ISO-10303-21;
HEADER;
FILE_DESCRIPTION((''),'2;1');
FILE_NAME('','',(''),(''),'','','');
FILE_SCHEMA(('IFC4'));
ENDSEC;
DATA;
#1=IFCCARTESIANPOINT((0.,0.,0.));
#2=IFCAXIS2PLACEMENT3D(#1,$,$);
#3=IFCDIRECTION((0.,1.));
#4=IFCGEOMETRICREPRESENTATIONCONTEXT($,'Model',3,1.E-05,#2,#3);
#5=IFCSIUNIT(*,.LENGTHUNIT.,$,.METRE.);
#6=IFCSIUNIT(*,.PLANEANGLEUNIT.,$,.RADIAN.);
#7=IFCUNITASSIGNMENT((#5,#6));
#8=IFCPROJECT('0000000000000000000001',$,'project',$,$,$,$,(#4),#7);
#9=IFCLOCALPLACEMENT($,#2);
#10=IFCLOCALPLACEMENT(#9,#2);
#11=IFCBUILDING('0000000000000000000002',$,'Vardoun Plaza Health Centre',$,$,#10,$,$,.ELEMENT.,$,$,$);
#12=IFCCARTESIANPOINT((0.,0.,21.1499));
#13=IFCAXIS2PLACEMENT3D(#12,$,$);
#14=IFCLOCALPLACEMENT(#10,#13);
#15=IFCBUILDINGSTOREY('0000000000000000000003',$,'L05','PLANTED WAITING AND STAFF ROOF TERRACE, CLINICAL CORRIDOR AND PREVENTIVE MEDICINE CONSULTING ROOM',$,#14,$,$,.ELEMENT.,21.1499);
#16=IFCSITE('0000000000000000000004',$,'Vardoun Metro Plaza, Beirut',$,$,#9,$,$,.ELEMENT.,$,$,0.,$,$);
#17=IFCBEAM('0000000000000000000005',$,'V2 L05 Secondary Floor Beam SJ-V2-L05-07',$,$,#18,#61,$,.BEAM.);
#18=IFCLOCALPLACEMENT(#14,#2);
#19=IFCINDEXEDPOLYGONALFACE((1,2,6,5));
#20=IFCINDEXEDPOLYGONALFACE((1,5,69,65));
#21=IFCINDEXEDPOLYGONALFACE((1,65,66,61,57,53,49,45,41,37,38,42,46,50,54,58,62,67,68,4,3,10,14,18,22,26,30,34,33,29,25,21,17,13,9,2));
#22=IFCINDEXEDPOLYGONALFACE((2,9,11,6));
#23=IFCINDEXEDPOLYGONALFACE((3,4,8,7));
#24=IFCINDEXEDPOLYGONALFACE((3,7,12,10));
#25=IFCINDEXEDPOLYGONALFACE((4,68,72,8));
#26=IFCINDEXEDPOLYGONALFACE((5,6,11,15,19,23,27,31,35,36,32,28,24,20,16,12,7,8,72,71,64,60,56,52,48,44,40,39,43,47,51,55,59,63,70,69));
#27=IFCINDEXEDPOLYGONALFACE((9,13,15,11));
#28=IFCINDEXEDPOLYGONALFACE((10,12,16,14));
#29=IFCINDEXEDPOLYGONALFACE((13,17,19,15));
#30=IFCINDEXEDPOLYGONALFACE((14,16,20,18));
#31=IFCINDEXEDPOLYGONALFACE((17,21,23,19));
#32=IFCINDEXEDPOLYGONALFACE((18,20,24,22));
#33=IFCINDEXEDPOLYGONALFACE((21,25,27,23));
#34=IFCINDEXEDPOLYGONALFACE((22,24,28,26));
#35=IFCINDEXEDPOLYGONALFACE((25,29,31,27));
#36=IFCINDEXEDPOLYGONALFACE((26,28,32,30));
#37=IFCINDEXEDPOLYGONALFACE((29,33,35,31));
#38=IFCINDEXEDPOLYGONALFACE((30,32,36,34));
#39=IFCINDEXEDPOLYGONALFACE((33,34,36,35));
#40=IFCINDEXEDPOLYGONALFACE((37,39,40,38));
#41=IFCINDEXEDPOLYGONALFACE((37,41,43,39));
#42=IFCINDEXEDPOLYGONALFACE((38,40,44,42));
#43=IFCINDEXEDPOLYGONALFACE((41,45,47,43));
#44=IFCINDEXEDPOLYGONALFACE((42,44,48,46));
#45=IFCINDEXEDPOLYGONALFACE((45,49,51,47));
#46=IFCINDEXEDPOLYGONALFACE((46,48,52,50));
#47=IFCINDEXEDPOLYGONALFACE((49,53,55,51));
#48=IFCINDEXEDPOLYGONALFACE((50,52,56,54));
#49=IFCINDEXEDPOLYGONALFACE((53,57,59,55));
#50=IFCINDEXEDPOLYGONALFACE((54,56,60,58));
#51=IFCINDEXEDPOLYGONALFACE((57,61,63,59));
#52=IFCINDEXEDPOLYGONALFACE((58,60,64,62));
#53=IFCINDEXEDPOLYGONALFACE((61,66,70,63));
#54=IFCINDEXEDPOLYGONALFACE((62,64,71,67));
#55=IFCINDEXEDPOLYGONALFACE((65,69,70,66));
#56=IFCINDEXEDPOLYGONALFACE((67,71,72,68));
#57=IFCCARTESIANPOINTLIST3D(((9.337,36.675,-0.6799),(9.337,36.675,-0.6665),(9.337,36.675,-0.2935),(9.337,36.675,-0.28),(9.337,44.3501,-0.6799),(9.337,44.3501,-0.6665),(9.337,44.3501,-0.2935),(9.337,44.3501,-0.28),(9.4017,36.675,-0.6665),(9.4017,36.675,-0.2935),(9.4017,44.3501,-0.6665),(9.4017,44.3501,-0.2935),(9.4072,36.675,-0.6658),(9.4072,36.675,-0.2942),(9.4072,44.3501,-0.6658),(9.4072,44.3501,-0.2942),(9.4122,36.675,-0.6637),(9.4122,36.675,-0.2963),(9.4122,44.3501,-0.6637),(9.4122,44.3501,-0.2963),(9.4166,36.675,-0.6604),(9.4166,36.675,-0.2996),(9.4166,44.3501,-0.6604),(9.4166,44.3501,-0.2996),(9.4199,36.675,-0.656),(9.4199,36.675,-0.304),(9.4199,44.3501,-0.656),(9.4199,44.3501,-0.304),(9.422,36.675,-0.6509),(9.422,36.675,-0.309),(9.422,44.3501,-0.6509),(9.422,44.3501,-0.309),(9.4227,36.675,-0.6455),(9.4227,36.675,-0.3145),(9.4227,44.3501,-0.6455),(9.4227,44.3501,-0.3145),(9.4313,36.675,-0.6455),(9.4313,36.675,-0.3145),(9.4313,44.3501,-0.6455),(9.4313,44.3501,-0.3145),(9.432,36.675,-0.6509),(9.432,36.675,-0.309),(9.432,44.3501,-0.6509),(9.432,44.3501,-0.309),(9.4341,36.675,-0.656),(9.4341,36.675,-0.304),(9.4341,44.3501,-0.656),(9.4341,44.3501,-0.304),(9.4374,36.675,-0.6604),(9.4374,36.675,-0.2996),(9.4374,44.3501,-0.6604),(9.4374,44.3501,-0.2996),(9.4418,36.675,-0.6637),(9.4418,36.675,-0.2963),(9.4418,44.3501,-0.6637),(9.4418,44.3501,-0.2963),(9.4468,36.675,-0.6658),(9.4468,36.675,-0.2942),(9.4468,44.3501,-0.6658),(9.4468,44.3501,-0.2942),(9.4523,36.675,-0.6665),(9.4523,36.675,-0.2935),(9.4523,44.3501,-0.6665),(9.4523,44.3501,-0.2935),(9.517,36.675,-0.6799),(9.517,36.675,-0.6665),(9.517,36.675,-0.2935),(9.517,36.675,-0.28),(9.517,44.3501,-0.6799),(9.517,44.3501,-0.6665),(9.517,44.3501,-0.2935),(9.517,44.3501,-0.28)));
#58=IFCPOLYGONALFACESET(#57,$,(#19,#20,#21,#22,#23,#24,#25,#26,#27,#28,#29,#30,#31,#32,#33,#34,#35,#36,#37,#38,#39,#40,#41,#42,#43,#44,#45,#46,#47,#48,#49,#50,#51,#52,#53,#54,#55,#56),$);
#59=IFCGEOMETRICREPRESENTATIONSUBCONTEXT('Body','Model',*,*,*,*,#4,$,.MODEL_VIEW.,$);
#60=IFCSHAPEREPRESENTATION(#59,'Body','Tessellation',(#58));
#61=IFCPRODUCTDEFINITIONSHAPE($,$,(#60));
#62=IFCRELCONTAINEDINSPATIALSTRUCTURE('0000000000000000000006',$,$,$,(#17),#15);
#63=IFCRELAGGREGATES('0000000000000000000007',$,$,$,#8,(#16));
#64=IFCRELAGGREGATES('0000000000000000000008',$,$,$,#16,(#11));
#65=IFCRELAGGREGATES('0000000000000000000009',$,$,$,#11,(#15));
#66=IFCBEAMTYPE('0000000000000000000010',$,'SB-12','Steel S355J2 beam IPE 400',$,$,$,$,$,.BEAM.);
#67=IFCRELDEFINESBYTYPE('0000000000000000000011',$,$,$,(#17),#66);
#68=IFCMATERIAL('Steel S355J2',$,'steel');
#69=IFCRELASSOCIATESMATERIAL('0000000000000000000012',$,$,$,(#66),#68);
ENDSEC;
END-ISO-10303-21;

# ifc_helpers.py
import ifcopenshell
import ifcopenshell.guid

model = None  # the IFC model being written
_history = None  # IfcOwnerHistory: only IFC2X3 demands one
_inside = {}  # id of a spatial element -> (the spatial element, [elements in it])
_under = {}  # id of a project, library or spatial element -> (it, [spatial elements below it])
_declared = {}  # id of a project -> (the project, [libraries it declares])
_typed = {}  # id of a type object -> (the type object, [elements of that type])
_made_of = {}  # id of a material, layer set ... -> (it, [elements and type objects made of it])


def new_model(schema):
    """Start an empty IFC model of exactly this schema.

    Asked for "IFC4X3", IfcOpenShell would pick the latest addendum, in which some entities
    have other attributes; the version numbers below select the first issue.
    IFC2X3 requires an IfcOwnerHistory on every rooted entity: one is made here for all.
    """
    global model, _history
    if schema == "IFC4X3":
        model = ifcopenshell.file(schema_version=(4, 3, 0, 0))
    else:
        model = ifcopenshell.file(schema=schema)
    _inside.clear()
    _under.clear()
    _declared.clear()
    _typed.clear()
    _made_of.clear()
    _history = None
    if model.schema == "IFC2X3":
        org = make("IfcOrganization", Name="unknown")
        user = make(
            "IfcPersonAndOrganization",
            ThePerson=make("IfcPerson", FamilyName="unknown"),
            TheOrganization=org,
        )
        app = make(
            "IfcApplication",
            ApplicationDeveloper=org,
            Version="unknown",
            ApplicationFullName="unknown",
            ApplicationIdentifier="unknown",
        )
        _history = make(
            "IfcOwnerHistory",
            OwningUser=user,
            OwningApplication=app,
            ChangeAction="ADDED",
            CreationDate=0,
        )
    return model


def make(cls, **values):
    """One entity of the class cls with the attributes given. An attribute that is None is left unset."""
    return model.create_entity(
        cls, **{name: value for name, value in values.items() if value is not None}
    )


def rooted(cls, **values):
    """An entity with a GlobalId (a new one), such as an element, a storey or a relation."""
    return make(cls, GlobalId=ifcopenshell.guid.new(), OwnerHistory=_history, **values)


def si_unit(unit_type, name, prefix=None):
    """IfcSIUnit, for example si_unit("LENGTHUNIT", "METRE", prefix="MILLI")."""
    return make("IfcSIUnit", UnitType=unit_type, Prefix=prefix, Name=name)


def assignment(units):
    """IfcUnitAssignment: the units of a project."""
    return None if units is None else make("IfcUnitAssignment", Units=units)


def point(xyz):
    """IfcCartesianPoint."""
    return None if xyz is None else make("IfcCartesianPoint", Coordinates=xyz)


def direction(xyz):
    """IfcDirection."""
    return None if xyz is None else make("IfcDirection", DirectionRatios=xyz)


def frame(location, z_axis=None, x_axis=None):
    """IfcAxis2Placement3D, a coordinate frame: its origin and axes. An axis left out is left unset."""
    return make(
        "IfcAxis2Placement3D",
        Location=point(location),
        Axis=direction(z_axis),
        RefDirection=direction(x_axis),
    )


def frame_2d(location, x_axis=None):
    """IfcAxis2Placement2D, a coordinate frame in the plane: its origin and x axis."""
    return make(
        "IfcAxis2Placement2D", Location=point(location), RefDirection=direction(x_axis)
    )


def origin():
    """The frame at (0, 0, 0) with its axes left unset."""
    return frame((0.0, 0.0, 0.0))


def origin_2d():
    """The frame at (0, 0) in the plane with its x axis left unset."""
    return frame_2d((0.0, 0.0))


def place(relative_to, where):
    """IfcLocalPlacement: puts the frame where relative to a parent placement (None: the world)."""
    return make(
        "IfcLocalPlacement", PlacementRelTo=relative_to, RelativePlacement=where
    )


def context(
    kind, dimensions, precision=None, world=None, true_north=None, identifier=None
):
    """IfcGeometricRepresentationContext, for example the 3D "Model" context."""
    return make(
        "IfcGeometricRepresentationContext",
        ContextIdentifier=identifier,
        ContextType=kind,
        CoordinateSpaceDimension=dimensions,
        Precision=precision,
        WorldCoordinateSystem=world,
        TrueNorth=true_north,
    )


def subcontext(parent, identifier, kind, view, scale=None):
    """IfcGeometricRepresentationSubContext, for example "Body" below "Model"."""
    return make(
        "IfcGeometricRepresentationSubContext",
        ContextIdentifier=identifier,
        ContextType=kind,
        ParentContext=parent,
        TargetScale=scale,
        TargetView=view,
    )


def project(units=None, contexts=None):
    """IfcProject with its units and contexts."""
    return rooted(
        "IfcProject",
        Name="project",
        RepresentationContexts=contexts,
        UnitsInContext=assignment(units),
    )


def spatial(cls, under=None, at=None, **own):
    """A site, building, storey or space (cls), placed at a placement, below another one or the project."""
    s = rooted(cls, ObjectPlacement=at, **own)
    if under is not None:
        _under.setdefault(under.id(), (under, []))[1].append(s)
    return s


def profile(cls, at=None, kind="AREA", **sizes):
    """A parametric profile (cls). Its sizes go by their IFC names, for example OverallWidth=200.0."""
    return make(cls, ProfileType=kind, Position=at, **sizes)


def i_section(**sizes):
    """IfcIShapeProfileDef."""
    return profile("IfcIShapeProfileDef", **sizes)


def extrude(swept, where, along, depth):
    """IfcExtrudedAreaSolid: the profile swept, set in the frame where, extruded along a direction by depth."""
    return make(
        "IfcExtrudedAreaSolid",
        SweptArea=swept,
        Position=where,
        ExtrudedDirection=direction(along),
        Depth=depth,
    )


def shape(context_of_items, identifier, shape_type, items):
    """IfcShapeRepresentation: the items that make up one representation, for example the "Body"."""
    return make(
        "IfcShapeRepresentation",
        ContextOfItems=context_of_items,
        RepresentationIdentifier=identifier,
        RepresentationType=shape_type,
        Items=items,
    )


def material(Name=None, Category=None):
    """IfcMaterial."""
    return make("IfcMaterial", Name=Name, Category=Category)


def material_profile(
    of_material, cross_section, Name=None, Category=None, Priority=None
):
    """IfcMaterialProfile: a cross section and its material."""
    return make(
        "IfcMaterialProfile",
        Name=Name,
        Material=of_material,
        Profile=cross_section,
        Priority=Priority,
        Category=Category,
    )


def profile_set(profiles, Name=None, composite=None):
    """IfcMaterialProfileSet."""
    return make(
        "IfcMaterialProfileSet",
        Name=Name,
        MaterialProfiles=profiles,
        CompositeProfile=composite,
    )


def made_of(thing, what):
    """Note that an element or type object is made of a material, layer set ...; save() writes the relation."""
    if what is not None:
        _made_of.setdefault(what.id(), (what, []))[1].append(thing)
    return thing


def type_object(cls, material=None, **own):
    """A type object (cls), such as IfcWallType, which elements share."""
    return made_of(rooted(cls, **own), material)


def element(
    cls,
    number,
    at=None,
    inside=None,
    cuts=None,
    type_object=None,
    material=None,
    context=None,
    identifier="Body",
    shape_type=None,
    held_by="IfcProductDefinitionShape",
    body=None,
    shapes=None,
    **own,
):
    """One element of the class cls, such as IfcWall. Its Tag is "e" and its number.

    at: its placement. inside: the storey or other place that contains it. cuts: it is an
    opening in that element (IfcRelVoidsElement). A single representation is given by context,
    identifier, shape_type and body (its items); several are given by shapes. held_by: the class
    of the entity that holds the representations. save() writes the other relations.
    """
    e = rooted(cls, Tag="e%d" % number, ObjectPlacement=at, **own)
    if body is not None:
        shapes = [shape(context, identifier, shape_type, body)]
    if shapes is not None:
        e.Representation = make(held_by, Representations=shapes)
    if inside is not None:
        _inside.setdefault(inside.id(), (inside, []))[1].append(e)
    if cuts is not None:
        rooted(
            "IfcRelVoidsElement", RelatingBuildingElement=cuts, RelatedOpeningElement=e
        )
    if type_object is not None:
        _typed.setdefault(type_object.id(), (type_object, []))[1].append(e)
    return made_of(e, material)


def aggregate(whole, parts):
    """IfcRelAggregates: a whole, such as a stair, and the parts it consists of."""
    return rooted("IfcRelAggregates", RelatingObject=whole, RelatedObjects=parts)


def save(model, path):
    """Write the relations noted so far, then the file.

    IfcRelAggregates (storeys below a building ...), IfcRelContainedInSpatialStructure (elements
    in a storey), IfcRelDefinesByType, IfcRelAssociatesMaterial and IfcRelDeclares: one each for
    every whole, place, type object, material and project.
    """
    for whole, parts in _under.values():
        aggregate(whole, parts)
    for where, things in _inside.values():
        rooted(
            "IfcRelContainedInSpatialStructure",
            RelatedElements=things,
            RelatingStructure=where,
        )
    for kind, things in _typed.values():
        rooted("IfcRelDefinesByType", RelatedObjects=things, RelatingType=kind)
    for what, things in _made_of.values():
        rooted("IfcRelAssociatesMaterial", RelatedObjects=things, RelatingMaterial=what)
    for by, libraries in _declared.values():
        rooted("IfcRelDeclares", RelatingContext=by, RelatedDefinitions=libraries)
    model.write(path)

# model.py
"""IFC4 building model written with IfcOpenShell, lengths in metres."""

from ifc_helpers import new_model, si_unit, direction, frame, origin, origin_2d, place, context, subcontext, project, spatial, i_section, extrude, material, material_profile, profile_set, type_object, element, save


model = new_model("IFC4")

# Units and contexts
model_context = context("Model", 3, precision=1e-05, world=origin(), true_north=direction((0.0, 1.0)))
body_context = subcontext(model_context, "Body", "Model", "MODEL_VIEW")
ifc_project = project(units=[si_unit("LENGTHUNIT", "METRE"), si_unit("PLANEANGLEUNIT", "RADIAN")], contexts=[model_context])

# Site, building, storey
site_placement = place(None, origin())
site = spatial("IfcSite", under=ifc_project, at=site_placement, Name="Vardoun Metro Plaza, Beirut", CompositionType="ELEMENT", RefElevation=0.0)
building_placement = place(site_placement, origin())
building = spatial("IfcBuilding", under=site, at=building_placement, Name="Vardoun Plaza Health Centre", CompositionType="ELEMENT")
storey_placement = place(building_placement, frame((0.0, 0.0, 21.1499)))
storey = spatial("IfcBuildingStorey", under=building, at=storey_placement, Name="L05", Description="PLANTED WAITING AND STAFF ROOF TERRACE, CLINICAL CORRIDOR AND PREVENTIVE MEDICINE CONSULTING ROOM", CompositionType="ELEMENT", Elevation=21.1499)

# Beam
ifc_material_1 = material(Name="Steel S355J2", Category="steel")
ifc_material_profile_1 = material_profile(ifc_material_1, i_section(OverallWidth=0.1799, OverallDepth=0.3999, WebThickness=0.0085, FlangeThickness=0.0134, FilletRadius=0.021, at=origin_2d()), Name="IPE 400")
ifc_profile_set_1 = profile_set([ifc_material_profile_1], Name="Steel S355J2")
beam_type_1 = type_object("IfcBeamType", Name="SB-12", Description="Steel S355J2 beam IPE 400", PredefinedType="BEAM", material=ifc_profile_set_1)
beam_1_placement = place(storey_placement, frame((9.427, 36.675, -0.48), z_axis=(0.0, 1.0, 0.0), x_axis=(-1.0, 0.0, 0.0)))
element("IfcBeam", 1, at=beam_1_placement, inside=storey, type_object=beam_type_1, Name="V2 L05 Secondary Floor Beam SJ-V2-L05-07", PredefinedType="BEAM", context=body_context, shape_type="SweptSolid", body=[
    extrude(i_section(OverallWidth=0.1799, OverallDepth=0.3999, WebThickness=0.0085, FlangeThickness=0.0134, FilletRadius=0.021, at=origin_2d()), origin(), (0.0, 0.0, 1.0), 7.675),
])

save(model, "model.ifc")
